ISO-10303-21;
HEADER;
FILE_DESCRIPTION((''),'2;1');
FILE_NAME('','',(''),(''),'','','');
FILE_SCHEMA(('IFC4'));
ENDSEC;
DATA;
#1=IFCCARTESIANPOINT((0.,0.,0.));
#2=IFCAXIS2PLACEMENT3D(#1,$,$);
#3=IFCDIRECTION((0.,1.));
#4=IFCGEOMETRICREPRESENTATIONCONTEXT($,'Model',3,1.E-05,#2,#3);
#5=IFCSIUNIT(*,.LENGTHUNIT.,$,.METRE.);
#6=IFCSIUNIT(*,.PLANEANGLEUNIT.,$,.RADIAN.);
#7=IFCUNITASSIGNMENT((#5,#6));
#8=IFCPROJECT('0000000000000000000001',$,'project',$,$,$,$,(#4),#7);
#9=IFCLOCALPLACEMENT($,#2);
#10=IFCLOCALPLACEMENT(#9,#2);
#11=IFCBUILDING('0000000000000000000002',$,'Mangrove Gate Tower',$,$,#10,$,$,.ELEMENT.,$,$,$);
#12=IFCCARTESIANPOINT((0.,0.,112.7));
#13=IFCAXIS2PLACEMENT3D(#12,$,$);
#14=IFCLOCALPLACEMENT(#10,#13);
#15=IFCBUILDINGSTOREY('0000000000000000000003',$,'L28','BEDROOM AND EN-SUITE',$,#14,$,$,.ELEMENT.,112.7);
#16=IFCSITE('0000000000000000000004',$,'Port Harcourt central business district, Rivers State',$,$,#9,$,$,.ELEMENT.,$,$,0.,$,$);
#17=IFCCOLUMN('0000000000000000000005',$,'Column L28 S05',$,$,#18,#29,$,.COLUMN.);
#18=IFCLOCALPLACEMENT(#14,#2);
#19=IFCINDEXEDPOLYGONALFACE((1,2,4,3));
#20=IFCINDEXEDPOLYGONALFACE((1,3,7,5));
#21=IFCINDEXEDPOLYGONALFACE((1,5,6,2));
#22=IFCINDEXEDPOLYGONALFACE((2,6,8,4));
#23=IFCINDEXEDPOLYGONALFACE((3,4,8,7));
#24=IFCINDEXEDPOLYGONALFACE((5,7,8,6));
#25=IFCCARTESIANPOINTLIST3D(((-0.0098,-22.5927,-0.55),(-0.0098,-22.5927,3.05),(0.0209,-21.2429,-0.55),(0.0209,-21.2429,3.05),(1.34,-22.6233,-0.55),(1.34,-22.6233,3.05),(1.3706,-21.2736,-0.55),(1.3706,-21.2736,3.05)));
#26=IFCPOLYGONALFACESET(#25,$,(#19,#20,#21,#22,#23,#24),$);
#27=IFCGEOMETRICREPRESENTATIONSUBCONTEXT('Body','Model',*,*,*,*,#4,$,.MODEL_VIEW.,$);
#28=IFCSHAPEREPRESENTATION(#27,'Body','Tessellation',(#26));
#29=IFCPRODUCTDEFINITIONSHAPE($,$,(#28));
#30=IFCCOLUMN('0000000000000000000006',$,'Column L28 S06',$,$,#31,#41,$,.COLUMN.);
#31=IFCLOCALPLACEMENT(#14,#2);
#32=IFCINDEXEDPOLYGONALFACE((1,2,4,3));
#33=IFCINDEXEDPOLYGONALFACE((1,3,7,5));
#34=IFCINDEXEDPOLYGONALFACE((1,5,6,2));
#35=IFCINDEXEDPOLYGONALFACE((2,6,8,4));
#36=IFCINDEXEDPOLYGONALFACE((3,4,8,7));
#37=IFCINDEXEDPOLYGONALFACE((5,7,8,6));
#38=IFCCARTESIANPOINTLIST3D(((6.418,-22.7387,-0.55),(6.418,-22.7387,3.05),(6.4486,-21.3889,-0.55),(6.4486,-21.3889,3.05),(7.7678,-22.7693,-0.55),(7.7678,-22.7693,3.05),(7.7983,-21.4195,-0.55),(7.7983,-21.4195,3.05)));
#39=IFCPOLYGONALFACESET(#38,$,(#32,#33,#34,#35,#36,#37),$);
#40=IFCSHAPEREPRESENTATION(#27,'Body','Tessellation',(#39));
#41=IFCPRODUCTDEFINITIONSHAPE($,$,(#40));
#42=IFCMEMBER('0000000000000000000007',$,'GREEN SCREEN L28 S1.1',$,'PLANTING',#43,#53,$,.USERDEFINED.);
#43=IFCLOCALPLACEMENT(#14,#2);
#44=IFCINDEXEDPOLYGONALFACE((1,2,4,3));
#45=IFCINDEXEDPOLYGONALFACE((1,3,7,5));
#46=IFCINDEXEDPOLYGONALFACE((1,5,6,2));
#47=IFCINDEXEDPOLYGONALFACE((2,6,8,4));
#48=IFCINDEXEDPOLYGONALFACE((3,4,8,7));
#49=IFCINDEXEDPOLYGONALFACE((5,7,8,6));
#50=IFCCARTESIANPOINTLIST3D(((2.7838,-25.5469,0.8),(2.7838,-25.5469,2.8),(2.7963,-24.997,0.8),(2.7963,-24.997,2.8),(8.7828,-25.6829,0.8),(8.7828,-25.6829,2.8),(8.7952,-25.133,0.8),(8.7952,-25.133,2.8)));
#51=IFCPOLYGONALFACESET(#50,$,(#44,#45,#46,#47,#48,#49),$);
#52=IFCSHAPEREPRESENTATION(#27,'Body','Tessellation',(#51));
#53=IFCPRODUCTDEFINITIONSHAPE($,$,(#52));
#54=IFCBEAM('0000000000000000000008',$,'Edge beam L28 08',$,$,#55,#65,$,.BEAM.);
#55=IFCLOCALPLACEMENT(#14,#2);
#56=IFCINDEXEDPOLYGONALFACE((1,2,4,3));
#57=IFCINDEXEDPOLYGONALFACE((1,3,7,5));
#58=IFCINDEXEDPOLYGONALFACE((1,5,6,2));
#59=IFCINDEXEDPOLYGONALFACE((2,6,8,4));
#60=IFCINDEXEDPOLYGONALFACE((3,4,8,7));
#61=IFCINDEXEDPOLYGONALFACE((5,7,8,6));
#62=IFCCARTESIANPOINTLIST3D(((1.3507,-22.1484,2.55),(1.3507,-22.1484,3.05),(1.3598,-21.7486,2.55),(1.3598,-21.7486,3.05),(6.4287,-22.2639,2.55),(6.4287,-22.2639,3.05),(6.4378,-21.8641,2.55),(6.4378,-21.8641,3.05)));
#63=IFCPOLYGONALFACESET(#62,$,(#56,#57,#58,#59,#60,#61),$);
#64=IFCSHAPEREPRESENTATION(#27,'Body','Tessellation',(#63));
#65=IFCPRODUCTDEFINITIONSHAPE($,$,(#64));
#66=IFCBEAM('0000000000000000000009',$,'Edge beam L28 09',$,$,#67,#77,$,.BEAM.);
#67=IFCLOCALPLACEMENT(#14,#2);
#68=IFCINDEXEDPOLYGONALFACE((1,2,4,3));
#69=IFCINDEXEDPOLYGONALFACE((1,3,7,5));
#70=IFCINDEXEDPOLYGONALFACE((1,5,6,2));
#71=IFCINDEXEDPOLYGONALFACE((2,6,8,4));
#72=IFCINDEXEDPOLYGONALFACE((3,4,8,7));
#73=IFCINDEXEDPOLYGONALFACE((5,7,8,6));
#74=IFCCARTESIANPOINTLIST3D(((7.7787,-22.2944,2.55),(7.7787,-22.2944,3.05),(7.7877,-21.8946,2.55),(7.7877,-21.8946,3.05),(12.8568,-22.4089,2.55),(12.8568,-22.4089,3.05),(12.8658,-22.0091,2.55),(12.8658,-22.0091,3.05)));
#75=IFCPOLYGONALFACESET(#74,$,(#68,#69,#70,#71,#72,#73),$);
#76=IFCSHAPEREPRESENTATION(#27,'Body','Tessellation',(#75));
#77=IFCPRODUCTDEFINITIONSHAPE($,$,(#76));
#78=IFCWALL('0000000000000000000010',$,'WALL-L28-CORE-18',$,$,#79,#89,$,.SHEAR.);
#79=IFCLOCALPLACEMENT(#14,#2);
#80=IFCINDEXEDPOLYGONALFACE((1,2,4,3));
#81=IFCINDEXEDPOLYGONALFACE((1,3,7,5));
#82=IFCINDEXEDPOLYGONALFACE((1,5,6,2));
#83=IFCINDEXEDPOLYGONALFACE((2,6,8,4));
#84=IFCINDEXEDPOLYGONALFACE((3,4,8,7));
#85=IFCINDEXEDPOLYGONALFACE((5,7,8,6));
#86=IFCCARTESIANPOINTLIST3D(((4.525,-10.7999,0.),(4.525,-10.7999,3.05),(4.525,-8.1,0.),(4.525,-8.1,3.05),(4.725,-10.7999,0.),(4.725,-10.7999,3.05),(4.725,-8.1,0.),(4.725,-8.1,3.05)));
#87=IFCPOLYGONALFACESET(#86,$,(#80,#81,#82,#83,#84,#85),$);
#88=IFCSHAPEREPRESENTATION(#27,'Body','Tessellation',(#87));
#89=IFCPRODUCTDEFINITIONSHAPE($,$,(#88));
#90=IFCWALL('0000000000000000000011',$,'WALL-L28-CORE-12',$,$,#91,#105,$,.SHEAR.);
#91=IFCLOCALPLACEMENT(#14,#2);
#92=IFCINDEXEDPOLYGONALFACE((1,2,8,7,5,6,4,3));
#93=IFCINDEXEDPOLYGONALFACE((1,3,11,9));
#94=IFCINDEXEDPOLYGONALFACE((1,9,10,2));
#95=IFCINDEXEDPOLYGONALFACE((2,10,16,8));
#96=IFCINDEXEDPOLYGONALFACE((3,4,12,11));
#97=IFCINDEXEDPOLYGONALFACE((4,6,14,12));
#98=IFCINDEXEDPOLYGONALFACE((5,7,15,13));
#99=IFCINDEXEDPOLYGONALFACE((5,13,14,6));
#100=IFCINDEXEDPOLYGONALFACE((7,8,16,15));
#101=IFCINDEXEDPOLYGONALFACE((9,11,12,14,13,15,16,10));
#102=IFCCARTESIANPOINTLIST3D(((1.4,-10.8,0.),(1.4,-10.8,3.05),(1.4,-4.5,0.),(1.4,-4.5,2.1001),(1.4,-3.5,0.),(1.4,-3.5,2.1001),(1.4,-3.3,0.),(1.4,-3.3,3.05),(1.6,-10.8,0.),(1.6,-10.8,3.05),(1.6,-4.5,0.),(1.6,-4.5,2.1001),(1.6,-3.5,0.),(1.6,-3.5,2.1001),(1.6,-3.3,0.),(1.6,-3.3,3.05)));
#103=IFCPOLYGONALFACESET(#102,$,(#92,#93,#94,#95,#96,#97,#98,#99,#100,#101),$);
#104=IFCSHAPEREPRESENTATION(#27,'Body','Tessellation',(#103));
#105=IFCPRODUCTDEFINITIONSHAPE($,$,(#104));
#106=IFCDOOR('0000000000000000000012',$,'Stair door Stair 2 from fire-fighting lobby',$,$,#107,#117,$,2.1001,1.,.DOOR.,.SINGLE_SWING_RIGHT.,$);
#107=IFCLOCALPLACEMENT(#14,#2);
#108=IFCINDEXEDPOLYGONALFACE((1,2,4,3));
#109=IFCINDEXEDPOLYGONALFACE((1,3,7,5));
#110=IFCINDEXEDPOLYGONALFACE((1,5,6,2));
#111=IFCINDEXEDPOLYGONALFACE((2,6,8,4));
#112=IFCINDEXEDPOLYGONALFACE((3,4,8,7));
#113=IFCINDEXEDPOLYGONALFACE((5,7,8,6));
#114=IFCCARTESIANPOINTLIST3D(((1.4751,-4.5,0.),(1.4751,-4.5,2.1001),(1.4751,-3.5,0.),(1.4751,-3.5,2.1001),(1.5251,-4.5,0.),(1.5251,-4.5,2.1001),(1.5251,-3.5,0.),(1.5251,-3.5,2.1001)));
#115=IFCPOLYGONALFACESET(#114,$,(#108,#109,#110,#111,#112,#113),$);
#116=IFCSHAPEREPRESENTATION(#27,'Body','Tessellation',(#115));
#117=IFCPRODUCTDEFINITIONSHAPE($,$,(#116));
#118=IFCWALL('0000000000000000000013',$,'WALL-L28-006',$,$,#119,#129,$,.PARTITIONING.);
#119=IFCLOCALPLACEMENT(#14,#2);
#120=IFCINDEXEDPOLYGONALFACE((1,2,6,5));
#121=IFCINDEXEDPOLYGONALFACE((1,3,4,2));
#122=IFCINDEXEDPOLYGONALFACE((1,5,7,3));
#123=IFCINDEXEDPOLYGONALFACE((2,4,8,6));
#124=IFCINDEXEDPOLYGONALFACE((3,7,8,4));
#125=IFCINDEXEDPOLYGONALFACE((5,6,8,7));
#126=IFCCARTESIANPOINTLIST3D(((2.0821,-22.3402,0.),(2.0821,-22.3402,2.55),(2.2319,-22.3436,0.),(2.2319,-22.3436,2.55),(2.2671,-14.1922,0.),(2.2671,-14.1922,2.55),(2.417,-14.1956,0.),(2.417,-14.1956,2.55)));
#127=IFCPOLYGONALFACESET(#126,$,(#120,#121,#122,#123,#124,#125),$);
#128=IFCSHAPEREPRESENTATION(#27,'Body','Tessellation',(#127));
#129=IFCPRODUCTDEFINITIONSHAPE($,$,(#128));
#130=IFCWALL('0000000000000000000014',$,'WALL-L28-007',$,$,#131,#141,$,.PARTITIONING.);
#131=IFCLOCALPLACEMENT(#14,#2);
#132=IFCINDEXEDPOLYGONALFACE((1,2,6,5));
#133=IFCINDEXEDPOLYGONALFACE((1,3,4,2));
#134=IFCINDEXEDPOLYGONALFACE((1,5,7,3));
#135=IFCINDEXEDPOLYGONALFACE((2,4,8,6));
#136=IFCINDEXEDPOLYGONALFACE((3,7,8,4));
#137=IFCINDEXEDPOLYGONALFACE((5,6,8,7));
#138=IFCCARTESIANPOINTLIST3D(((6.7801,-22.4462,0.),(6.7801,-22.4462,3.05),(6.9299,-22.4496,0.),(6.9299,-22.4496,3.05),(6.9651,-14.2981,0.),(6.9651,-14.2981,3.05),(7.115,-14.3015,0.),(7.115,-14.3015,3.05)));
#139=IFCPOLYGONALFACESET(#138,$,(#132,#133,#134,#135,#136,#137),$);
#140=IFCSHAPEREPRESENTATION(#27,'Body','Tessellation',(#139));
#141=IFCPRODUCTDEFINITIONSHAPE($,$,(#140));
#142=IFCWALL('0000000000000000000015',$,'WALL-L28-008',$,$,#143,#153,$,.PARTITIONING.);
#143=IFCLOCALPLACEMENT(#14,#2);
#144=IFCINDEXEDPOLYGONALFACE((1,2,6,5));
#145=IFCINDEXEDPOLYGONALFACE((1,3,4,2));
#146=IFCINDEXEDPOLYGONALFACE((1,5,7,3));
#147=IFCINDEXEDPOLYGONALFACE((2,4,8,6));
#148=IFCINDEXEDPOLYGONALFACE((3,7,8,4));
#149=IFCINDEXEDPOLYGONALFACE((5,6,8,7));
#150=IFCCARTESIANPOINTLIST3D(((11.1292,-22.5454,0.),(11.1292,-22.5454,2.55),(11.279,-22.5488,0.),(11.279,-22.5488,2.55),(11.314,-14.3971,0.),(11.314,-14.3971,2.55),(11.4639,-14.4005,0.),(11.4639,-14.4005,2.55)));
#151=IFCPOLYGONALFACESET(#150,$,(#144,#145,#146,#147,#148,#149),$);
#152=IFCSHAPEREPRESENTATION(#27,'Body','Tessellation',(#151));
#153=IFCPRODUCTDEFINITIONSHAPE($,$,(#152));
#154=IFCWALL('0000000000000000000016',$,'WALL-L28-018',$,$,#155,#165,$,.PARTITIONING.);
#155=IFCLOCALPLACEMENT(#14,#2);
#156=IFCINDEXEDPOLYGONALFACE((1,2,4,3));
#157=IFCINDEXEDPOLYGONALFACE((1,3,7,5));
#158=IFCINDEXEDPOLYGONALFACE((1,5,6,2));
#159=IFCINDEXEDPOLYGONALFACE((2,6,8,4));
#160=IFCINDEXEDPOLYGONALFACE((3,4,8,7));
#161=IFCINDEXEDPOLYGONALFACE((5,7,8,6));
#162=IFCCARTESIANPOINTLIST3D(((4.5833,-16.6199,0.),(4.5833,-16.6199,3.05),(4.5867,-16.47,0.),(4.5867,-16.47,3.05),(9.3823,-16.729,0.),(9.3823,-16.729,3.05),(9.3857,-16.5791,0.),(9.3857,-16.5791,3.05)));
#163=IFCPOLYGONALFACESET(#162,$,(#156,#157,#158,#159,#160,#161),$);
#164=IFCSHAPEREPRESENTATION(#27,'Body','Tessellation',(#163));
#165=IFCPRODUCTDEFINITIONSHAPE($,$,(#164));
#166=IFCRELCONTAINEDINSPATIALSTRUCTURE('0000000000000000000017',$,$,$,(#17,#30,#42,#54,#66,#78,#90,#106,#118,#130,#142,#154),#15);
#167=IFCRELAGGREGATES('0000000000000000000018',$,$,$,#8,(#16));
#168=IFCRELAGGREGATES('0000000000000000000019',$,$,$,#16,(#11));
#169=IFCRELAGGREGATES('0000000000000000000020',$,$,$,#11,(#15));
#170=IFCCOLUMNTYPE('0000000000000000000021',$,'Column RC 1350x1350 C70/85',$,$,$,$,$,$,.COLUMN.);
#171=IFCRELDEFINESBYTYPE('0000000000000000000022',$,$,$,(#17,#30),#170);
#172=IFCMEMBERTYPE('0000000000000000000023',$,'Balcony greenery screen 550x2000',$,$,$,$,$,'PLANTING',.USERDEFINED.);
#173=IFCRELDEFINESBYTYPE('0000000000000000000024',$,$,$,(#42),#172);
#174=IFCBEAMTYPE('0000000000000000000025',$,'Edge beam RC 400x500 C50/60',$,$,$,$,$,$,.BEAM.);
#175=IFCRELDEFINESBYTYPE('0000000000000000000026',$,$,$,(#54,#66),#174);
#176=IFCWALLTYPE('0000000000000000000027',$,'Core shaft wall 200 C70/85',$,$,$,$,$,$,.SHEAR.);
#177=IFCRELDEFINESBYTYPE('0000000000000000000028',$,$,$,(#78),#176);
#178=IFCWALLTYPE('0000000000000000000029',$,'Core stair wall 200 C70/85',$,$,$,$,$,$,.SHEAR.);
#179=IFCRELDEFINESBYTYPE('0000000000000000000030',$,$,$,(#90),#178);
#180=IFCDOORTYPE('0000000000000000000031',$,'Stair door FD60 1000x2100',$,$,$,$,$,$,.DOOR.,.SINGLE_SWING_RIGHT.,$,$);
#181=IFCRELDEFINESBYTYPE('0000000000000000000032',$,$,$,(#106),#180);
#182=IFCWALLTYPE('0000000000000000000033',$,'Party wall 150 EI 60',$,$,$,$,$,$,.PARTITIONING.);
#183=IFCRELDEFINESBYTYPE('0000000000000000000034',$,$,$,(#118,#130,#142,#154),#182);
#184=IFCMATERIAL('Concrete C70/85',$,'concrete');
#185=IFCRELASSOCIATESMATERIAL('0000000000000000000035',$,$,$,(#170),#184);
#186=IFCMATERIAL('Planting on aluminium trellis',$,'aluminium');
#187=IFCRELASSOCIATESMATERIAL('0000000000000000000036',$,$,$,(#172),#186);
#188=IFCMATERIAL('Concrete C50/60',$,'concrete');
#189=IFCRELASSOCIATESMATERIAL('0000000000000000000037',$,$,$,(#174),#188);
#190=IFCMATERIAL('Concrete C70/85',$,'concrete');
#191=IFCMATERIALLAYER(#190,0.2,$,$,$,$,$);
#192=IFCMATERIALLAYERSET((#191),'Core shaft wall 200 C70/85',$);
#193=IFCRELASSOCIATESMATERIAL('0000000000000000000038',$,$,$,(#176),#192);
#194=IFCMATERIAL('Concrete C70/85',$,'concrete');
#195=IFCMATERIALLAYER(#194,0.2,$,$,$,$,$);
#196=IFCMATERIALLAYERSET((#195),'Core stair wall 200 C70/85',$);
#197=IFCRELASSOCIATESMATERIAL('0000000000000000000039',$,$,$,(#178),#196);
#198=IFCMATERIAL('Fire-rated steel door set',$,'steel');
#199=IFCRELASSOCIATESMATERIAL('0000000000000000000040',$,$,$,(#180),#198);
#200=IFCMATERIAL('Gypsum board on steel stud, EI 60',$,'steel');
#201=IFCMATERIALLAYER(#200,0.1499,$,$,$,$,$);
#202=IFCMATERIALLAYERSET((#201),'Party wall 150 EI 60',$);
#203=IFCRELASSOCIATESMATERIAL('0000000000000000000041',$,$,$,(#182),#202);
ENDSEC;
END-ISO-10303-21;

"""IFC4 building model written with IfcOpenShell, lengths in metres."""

from ifc_helpers import new_model, si_unit, direction, frame, frame_2d, origin, origin_2d, place, context, subcontext, project, spatial, rectangle, extrude, material, layer, layer_set, material_profile, profile_set, type_object, element, fill, save


model = new_model("IFC4")

# Units and contexts
model_context = context("Model", 3, precision=1e-05, world=origin(), true_north=direction((0.0, 1.0)))
body_context = subcontext(model_context, "Body", "Model", "MODEL_VIEW")
ifc_project = project(units=[si_unit("LENGTHUNIT", "METRE"), si_unit("PLANEANGLEUNIT", "RADIAN")], contexts=[model_context])

# Site, building, storey
site_placement = place(None, origin())
site = spatial("IfcSite", under=ifc_project, at=site_placement, Name="Port Harcourt central business district, Rivers State", CompositionType="ELEMENT", RefElevation=0.0)
building_placement = place(site_placement, origin())
building = spatial("IfcBuilding", under=site, at=building_placement, Name="Mangrove Gate Tower", CompositionType="ELEMENT")
storey_placement = place(building_placement, frame((0.0, 0.0, 112.7)))
storey = spatial("IfcBuildingStorey", under=building, at=storey_placement, Name="L28", Description="BEDROOM AND EN-SUITE", CompositionType="ELEMENT", Elevation=112.7)

# Columns
ifc_material_1 = material(Name="Concrete C70/85", Category="concrete")
ifc_material_profile_1 = material_profile(ifc_material_1, rectangle(XDim=1.3501, YDim=1.3501, at=origin_2d()))
ifc_profile_set_1 = profile_set([ifc_material_profile_1], Name="Concrete C70/85")
column_type = type_object("IfcColumnType", Name="Column RC 1350x1350 C70/85", PredefinedType="COLUMN", material=ifc_profile_set_1)
for number, where, z_axis, x_axis, name in (
    (1, (0.6804, -21.9331, -0.55), (0.0, 0.0, 1.0), (0.999742, -0.022707, 0.0), "Column L28 S05"),
    (2, (7.1082, -22.0791, -0.55), (0.0, 0.0, 1.0), (0.999744, -0.02263, 0.0), "Column L28 S06"),
):
    element("IfcColumn", number, at=place(storey_placement, frame(where, z_axis=z_axis, x_axis=x_axis)), inside=storey, type_object=column_type, Name=name, PredefinedType="COLUMN", context=body_context, shape_type="SweptSolid", body=[
        extrude(rectangle(XDim=1.3501, YDim=1.3501, at=origin_2d()), origin(), (0.0, 0.0, 1.0), 3.6001),
    ])

# Member
ifc_material_2 = material(Name="Planting on aluminium trellis", Category="aluminium")
ifc_material_profile_2 = material_profile(ifc_material_2, rectangle(XDim=0.55, YDim=2.0, at=origin_2d()))
ifc_profile_set_2 = profile_set([ifc_material_profile_2], Name="Planting on aluminium trellis")
member_type = type_object("IfcMemberType", Name="Balcony greenery screen 550x2000", ElementType="PLANTING", PredefinedType="USERDEFINED", material=ifc_profile_set_2)
member_placement = place(storey_placement, frame((2.79, -25.272, 1.8), z_axis=(0.999743, -0.022662, 0.0), x_axis=(0.022662, 0.999743, 0.0)))
element("IfcMember", 3, at=member_placement, inside=storey, type_object=member_type, Name="GREEN SCREEN L28 S1.1", ObjectType="PLANTING", PredefinedType="USERDEFINED", context=body_context, shape_type="SweptSolid", body=[
    extrude(rectangle(XDim=0.55, YDim=2.0, at=origin_2d()), origin(), (0.0, 0.0, 1.0), 6.0005),
])

# Beams
ifc_material_3 = material(Name="Concrete C50/60", Category="concrete")
ifc_material_profile_3 = material_profile(ifc_material_3, rectangle(XDim=0.3999, YDim=0.5, at=origin_2d()))
ifc_profile_set_3 = profile_set([ifc_material_profile_3], Name="Concrete C50/60")
beam_type = type_object("IfcBeamType", Name="Edge beam RC 400x500 C50/60", PredefinedType="BEAM", material=ifc_profile_set_3)
for number, where, z_axis, x_axis, name in (
    (4, (1.3552, -21.9485, 2.8), (0.999742, -0.022735, 0.0), (0.022735, 0.999742, 0.0), "Edge beam L28 08"),
    (5, (7.7832, -22.0945, 2.8), (0.999746, -0.022542, 0.0), (0.022542, 0.999746, 0.0), "Edge beam L28 09"),
):
    element("IfcBeam", number, at=place(storey_placement, frame(where, z_axis=z_axis, x_axis=x_axis)), inside=storey, type_object=beam_type, Name=name, PredefinedType="BEAM", context=body_context, shape_type="SweptSolid", body=[
        extrude(rectangle(XDim=0.3999, YDim=0.5, at=origin_2d()), origin(), (0.0, 0.0, 1.0), 5.0793),
    ])

# Wall
ifc_material_4 = material(Name="Concrete C70/85", Category="concrete")
ifc_layer_1 = layer(ifc_material_4, 0.2)
ifc_layer_set_1 = layer_set([ifc_layer_1], Name="Core shaft wall 200 C70/85")
wall_type_1 = type_object("IfcWallType", Name="Core shaft wall 200 C70/85", PredefinedType="SHEAR", material=ifc_layer_set_1)
wall_1_placement = place(storey_placement, frame((4.625, -10.8, 0.0), z_axis=(0.0, 0.0, 1.0), x_axis=(0.0, 1.0, 0.0)))
element("IfcWall", 6, at=wall_1_placement, inside=storey, type_object=wall_type_1, Name="WALL-L28-CORE-18", PredefinedType="SHEAR", context=body_context, shape_type="SweptSolid", body=[
    extrude(rectangle(XDim=2.7, YDim=0.2, at=frame_2d((1.3501, 0.0))), origin(), (0.0, 0.0, 1.0), 3.05),
])

# Wall, opening, door
ifc_material_5 = material(Name="Concrete C70/85", Category="concrete")
ifc_layer_2 = layer(ifc_material_5, 0.2)
ifc_layer_set_2 = layer_set([ifc_layer_2], Name="Core stair wall 200 C70/85")
wall_type_2 = type_object("IfcWallType", Name="Core stair wall 200 C70/85", PredefinedType="SHEAR", material=ifc_layer_set_2)
wall_2_placement = place(storey_placement, frame((1.5, -10.8, 0.0), z_axis=(0.0, 0.0, 1.0), x_axis=(0.0, 1.0, 0.0)))
wall_2 = element("IfcWall", 7, at=wall_2_placement, inside=storey, type_object=wall_type_2, Name="WALL-L28-CORE-12", PredefinedType="SHEAR", context=body_context, shape_type="SweptSolid", body=[
    extrude(rectangle(XDim=7.5, YDim=0.2, at=frame_2d((3.75, 0.0))), origin(), (0.0, 0.0, 1.0), 3.05),
])
opening_1_placement = place(wall_2_placement, frame((6.3, 0.0, 0.0)))
opening_1 = element("IfcOpeningElement", 8, at=opening_1_placement, cuts=wall_2, PredefinedType="OPENING", context=body_context, shape_type="SweptSolid", body=[
    extrude(rectangle(XDim=1.0, YDim=2.1001, at=frame_2d((0.5, 1.05))), frame((0.0, 0.1099, 0.0), z_axis=(0.0, -1.0, 0.0), x_axis=(1.0, 0.0, 0.0)), (0.0, 0.0, 1.0), 0.22),
])
ifc_material_6 = material(Name="Fire-rated steel door set", Category="steel")
door_type_1 = type_object("IfcDoorType", Name="Stair door FD60 1000x2100", OperationType="SINGLE_SWING_RIGHT", PredefinedType="DOOR", material=ifc_material_6)
door_1_placement = place(opening_1_placement, origin())
door_1 = element("IfcDoor", 9, at=door_1_placement, inside=storey, type_object=door_type_1, Name="Stair door Stair 2 from fire-fighting lobby", OperationType="SINGLE_SWING_RIGHT", OverallHeight=2.1001, OverallWidth=1.0, PredefinedType="DOOR", context=body_context, shape_type="SweptSolid", body=[
    extrude(rectangle(XDim=1.0, YDim=2.1001, at=frame_2d((0.5, 1.05))), frame((0.0, 0.0249, 0.0), z_axis=(0.0, -1.0, 0.0), x_axis=(1.0, 0.0, 0.0)), (0.0, 0.0, 1.0), 0.05),
])
fill(opening_1, door_1)

# Walls
ifc_material_7 = material(Name="Gypsum board on steel stud, EI 60", Category="steel")
ifc_layer_3 = layer(ifc_material_7, 0.1499)
ifc_layer_set_3 = layer_set([ifc_layer_3], Name="Party wall 150 EI 60")
wall_type_3 = type_object("IfcWallType", Name="Party wall 150 EI 60", PredefinedType="PARTITIONING", material=ifc_layer_set_3)
wall_3_placement = place(storey_placement, frame((2.157, -22.342, 0.0), z_axis=(0.0, 0.0, 1.0), x_axis=(0.022706, 0.999742, 0.0)))
element("IfcWall", 10, at=wall_3_placement, inside=storey, type_object=wall_type_3, Name="WALL-L28-006", PredefinedType="PARTITIONING", context=body_context, shape_type="SweptSolid", body=[
    extrude(rectangle(XDim=8.1501, YDim=0.1499, at=frame_2d((4.0752, 0.0))), origin(), (0.0, 0.0, 1.0), 2.55),
])
wall_4_placement = place(storey_placement, frame((6.855, -22.448, 0.0), z_axis=(0.0, 0.0, 1.0), x_axis=(0.022706, 0.999742, 0.0)))
element("IfcWall", 11, at=wall_4_placement, inside=storey, type_object=wall_type_3, Name="WALL-L28-007", PredefinedType="PARTITIONING", context=body_context, shape_type="SweptSolid", body=[
    extrude(rectangle(XDim=8.1501, YDim=0.1499, at=frame_2d((4.0752, 0.0))), origin(), (0.0, 0.0, 1.0), 3.05),
])
wall_5_placement = place(storey_placement, frame((11.2041, -22.5471, 0.0), z_axis=(0.0, 0.0, 1.0), x_axis=(0.022676, 0.999743, 0.0)))
element("IfcWall", 12, at=wall_5_placement, inside=storey, type_object=wall_type_3, Name="WALL-L28-008", PredefinedType="PARTITIONING", context=body_context, shape_type="SweptSolid", body=[
    extrude(rectangle(XDim=8.1504, YDim=0.1499, at=frame_2d((4.0752, 0.0))), origin(), (0.0, 0.0, 1.0), 2.55),
])
wall_6_placement = place(storey_placement, frame((4.585, -16.5449, 0.0), z_axis=(0.0, 0.0, 1.0), x_axis=(0.999742, -0.022734, 0.0)))
element("IfcWall", 13, at=wall_6_placement, inside=storey, type_object=wall_type_3, Name="WALL-L28-018", PredefinedType="PARTITIONING", context=body_context, shape_type="SweptSolid", body=[
    extrude(rectangle(XDim=4.8003, YDim=0.1499, at=frame_2d((2.4001, 0.0))), origin(), (0.0, 0.0, 1.0), 3.05),
])

save(model, "model.ifc")
